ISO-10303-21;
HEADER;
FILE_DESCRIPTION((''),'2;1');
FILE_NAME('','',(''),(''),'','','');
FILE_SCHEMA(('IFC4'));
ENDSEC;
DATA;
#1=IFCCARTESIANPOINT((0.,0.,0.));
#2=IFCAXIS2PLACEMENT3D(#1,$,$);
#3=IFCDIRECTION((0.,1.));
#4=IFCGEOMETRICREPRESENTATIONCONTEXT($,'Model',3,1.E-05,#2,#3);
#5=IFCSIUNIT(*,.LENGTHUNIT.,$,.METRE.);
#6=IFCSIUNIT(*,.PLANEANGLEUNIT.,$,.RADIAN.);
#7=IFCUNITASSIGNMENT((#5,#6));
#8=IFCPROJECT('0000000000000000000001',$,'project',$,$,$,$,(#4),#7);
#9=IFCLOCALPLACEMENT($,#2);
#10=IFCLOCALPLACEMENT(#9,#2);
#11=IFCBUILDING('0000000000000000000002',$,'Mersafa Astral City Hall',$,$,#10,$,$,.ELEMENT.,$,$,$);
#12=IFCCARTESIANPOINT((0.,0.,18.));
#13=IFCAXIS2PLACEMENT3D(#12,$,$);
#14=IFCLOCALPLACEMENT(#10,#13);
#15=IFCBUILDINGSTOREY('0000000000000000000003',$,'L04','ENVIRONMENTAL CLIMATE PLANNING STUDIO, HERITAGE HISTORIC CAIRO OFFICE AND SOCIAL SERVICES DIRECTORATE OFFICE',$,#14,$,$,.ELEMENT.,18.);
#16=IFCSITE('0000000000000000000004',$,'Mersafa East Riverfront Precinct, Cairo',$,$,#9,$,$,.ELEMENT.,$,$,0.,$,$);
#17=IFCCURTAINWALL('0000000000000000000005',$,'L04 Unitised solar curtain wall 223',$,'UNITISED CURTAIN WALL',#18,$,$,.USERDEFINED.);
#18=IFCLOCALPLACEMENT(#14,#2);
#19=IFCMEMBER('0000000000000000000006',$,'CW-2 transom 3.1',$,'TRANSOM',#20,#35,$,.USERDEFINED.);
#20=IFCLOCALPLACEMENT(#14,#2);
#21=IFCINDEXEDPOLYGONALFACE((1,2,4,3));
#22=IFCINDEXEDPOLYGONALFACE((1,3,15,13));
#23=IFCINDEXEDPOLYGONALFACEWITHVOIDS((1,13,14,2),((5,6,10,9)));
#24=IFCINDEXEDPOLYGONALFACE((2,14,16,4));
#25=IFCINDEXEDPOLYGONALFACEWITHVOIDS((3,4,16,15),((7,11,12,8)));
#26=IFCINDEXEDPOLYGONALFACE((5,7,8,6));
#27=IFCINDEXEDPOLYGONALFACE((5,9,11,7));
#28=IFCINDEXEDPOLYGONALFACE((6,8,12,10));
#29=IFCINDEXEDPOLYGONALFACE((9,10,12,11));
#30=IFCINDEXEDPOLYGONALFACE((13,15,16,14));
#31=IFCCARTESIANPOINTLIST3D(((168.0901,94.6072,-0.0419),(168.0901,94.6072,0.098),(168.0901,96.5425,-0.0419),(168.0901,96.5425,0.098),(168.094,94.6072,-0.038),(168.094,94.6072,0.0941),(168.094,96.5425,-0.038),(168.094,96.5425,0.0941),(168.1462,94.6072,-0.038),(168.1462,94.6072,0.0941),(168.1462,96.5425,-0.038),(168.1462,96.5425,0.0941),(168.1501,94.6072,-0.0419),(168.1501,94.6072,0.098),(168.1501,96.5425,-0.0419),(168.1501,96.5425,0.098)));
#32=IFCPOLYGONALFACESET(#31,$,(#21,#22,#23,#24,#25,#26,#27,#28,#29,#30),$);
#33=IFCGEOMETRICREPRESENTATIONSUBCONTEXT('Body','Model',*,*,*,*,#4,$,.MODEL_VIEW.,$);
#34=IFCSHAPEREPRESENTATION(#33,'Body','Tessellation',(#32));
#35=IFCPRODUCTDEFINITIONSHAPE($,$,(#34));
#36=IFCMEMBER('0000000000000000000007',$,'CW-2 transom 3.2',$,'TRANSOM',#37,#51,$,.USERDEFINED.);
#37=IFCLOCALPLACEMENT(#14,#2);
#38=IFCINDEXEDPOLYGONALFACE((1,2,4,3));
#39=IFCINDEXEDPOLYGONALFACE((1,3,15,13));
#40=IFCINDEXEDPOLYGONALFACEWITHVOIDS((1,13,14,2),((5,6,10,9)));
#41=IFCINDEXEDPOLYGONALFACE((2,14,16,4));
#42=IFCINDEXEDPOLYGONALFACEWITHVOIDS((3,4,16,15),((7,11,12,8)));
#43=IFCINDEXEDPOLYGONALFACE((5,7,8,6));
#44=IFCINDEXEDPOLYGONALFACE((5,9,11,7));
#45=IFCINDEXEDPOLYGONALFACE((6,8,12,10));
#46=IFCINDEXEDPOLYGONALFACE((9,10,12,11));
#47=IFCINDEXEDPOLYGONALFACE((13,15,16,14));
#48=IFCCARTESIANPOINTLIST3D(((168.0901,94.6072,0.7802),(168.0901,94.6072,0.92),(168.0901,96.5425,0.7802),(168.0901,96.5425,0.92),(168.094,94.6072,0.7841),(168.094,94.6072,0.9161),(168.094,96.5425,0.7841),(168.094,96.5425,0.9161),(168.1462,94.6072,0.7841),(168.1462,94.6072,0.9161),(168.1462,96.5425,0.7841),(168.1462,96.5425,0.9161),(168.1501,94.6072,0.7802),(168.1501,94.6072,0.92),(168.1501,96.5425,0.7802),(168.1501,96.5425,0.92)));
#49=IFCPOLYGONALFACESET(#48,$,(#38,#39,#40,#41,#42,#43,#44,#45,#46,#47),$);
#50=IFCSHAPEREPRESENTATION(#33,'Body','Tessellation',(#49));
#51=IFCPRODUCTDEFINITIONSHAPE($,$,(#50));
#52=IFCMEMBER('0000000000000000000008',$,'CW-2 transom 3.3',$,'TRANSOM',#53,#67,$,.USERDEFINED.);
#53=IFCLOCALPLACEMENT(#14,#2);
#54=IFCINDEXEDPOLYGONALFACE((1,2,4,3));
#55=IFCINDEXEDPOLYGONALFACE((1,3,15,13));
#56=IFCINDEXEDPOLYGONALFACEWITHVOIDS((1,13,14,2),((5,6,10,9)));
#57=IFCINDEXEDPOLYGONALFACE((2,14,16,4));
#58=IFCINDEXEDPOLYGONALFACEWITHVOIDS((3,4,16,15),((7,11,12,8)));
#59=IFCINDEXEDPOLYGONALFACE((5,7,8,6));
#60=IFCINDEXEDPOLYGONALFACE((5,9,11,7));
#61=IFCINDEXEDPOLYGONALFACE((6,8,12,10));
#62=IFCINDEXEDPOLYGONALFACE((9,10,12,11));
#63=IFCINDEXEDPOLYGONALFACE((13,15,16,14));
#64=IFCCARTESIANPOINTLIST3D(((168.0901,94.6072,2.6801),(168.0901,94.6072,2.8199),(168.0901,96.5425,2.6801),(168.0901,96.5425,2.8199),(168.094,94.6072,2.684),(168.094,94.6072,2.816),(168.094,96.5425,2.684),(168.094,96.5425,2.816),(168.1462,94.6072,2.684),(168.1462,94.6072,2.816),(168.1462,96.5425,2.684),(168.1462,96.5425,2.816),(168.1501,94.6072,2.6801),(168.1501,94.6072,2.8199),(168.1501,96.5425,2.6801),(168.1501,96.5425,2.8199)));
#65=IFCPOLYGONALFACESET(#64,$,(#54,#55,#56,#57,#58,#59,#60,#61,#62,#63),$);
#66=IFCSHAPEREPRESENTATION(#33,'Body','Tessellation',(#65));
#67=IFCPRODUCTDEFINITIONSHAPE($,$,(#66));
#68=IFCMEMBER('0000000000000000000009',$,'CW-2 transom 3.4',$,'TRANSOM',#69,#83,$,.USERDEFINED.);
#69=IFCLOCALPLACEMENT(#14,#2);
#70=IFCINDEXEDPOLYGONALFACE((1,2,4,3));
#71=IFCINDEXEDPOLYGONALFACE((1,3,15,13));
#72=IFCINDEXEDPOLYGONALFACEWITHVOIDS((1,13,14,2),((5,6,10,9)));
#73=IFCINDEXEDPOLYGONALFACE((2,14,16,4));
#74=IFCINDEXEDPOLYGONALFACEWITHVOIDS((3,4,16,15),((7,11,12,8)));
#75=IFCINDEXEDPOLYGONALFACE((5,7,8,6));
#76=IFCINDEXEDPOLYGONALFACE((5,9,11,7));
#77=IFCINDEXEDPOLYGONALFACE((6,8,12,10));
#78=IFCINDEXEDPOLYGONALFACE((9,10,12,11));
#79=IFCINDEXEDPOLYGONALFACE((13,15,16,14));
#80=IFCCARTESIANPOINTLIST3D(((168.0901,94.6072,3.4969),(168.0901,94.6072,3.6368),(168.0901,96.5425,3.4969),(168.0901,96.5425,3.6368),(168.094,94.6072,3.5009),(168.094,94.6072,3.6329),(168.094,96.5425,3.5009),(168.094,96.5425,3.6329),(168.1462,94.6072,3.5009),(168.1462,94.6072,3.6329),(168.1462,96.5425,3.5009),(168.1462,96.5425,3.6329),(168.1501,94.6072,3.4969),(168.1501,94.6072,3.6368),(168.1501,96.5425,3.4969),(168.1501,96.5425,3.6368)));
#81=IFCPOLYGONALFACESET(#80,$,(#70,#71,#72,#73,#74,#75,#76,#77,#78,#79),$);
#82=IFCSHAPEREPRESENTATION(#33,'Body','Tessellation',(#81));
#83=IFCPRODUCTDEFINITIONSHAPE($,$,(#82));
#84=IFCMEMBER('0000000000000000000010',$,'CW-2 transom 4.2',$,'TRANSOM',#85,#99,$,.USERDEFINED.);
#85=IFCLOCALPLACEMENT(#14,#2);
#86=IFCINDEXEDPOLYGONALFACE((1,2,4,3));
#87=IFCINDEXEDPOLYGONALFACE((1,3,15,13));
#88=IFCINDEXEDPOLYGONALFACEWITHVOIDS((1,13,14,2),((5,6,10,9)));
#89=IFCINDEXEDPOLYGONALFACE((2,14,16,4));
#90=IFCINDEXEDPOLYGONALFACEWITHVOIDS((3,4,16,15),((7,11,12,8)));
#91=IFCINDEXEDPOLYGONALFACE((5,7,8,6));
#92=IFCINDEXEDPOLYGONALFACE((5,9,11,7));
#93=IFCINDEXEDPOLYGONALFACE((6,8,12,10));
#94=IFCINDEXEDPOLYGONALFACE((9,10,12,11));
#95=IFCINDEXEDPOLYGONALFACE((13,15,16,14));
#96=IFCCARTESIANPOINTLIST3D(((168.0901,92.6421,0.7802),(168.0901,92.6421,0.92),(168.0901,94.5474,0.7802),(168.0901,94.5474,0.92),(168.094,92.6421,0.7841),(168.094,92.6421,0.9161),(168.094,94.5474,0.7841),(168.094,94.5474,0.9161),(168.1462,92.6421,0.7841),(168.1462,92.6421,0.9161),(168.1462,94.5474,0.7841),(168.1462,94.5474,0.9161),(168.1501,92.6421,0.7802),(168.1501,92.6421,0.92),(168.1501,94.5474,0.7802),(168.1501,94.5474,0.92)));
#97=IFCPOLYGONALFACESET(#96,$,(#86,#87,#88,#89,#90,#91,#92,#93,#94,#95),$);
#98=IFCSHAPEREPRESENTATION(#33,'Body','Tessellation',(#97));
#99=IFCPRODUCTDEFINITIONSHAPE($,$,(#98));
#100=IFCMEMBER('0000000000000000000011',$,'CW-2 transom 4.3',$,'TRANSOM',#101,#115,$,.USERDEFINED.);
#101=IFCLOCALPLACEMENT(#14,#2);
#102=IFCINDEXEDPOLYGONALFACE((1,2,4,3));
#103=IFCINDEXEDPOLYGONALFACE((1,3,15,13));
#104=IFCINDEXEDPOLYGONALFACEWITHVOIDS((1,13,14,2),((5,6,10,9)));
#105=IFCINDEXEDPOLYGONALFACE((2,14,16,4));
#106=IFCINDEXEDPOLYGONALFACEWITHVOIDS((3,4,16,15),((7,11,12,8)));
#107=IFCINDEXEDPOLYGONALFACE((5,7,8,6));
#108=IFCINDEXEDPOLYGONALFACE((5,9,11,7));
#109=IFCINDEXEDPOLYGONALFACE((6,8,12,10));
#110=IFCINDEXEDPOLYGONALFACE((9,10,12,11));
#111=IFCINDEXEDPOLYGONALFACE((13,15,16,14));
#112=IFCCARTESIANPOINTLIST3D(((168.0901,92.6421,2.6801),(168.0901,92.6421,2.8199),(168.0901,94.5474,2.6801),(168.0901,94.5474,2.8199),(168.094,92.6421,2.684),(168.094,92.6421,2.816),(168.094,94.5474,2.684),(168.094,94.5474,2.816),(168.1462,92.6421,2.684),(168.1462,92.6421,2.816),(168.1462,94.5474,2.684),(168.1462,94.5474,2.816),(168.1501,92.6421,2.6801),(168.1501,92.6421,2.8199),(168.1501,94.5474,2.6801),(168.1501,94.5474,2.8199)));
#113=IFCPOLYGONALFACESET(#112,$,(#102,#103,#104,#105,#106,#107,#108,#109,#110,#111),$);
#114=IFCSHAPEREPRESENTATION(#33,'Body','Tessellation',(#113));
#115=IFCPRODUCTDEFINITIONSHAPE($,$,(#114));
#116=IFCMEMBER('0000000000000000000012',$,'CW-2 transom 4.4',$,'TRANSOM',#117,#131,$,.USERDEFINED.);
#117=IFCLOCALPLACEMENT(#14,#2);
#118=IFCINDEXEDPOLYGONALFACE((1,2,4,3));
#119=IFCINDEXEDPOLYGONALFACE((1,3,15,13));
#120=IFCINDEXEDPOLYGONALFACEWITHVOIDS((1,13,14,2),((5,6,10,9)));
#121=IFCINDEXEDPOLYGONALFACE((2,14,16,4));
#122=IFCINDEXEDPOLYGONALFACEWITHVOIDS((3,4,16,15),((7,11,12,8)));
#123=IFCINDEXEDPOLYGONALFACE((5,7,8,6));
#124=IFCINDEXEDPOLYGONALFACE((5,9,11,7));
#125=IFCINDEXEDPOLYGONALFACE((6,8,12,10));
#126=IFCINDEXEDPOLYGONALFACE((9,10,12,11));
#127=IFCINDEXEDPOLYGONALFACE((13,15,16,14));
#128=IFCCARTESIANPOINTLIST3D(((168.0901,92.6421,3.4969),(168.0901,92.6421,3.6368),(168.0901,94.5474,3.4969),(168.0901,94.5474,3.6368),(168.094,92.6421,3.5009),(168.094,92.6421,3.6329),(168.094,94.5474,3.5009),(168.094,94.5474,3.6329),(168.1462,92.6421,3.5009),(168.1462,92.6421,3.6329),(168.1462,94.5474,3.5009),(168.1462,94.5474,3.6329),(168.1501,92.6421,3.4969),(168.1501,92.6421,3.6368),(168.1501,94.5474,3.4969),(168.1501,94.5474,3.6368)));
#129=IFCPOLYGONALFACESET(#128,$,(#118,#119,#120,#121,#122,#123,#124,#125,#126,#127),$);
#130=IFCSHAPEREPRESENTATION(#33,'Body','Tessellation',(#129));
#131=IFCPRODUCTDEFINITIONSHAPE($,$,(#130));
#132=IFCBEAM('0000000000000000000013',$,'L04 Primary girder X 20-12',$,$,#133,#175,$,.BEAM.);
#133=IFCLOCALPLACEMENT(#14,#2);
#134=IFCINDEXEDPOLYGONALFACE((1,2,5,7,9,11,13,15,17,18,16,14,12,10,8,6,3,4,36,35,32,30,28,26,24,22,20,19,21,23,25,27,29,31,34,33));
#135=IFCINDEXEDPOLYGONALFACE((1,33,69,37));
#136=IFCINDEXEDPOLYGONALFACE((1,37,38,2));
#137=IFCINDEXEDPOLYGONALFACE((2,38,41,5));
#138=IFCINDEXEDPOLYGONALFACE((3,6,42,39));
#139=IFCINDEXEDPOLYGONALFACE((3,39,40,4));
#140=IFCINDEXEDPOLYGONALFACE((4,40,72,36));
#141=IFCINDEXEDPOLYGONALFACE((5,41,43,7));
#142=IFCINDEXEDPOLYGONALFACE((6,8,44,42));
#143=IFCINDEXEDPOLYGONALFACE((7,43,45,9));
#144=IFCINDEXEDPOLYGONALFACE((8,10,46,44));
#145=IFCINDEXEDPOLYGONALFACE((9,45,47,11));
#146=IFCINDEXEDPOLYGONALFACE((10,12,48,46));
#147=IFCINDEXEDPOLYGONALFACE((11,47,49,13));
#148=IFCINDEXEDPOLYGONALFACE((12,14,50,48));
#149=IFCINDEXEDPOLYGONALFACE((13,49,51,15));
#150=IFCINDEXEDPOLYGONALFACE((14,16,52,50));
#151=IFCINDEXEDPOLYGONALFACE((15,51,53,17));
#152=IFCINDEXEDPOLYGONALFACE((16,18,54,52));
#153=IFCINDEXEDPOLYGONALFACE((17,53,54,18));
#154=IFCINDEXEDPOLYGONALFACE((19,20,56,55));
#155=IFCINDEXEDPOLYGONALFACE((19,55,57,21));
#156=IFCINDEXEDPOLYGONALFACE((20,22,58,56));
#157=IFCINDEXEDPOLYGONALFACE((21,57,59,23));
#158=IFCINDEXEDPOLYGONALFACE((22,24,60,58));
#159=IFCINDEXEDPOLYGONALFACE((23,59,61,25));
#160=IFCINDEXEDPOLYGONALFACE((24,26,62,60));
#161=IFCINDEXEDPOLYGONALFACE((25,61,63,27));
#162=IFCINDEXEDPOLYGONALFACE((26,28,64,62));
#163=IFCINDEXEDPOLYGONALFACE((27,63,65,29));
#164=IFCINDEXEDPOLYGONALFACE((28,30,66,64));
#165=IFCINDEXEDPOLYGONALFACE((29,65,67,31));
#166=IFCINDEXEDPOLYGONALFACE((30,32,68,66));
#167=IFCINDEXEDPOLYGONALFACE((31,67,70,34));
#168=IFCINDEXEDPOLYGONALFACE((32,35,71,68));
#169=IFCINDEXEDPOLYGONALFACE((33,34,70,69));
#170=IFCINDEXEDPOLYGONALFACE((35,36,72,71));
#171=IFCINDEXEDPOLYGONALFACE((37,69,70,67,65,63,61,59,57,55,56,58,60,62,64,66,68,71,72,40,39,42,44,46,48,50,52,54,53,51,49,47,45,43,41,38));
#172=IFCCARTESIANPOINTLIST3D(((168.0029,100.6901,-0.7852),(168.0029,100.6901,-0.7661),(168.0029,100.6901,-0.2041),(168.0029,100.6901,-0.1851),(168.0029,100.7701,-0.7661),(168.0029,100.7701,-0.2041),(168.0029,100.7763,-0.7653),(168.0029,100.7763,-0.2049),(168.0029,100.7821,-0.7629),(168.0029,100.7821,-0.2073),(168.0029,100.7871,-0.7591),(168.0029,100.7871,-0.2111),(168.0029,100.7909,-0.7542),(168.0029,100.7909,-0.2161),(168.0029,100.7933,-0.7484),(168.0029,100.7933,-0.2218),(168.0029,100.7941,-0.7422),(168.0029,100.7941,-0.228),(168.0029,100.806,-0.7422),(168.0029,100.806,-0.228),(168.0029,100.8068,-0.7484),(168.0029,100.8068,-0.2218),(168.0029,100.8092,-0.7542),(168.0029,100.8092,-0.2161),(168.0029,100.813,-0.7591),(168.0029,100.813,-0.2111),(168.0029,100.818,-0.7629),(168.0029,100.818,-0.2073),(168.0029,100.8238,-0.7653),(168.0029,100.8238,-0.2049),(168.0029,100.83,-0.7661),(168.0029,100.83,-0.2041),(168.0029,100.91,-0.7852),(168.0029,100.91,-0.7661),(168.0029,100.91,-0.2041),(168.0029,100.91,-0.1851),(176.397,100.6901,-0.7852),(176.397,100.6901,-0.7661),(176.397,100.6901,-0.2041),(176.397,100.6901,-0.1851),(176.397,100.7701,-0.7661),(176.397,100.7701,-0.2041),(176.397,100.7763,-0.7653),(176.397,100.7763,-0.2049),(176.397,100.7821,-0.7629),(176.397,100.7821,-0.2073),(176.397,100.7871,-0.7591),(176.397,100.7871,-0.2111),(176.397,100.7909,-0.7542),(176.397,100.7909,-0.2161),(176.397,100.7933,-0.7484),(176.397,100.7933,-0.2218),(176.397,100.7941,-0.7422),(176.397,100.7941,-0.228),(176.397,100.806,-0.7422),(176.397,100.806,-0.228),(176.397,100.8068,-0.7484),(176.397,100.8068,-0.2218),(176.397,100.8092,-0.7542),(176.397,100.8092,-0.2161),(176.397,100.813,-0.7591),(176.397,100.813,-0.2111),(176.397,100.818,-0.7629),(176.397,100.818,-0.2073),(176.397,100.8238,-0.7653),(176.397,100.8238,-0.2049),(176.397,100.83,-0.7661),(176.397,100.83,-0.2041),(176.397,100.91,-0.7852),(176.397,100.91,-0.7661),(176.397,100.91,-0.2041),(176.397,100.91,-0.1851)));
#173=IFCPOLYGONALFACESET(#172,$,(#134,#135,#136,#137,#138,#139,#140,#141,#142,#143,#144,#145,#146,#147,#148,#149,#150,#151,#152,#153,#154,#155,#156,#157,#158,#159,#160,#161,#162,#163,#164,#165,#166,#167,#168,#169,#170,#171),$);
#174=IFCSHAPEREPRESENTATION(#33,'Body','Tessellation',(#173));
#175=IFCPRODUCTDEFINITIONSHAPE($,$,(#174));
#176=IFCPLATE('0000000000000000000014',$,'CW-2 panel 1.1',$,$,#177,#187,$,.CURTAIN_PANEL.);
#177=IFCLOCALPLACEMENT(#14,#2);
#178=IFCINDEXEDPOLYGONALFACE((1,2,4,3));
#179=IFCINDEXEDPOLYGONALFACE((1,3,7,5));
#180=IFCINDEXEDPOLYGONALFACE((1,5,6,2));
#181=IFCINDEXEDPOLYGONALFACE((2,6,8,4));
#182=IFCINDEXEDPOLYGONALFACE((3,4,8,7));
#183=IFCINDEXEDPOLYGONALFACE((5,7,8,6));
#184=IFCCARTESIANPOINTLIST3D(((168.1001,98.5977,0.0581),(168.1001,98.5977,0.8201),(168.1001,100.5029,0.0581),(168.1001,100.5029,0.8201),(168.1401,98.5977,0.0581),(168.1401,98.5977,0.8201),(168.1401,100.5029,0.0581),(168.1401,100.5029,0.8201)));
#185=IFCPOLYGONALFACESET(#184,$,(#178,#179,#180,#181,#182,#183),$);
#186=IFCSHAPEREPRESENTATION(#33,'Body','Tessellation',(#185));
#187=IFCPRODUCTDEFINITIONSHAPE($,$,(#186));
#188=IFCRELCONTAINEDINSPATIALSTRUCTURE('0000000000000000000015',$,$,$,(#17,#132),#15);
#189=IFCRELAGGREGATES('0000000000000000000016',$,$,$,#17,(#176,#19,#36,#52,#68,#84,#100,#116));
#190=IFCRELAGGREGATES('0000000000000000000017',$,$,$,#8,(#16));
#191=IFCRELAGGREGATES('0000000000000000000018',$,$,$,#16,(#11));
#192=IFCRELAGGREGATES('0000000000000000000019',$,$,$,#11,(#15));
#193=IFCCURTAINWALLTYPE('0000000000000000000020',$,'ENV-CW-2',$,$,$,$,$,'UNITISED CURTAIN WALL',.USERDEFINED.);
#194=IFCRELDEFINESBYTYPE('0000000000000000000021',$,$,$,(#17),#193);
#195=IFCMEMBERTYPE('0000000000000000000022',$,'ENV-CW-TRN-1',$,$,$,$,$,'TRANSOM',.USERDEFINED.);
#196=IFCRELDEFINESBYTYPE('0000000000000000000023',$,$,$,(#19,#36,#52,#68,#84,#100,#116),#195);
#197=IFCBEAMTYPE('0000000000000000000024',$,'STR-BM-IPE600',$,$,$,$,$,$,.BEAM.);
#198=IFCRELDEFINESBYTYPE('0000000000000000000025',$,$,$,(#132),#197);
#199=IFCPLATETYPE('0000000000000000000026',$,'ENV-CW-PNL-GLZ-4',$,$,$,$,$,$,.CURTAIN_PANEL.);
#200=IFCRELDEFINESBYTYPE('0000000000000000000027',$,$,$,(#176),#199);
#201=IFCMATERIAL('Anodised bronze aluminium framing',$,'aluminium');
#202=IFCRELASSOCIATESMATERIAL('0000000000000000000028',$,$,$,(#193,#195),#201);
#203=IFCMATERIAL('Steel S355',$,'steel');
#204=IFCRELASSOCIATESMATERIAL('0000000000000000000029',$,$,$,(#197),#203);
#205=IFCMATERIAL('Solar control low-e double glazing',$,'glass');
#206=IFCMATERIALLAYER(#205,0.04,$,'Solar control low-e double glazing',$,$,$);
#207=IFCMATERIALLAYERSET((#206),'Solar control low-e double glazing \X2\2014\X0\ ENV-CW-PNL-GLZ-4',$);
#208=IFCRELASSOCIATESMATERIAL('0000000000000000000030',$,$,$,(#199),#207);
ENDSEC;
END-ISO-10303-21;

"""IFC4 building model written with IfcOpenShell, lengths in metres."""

from ifc_helpers import new_model, si_unit, direction, frame, origin, origin_2d, place, context, subcontext, project, spatial, rectangle, hollow_rectangle, i_section, extrude, material, layer, layer_set, material_profile, profile_set, type_object, element, aggregate, save


model = new_model("IFC4")

# Units and contexts
model_context = context("Model", 3, precision=1e-05, world=origin(), true_north=direction((0.0, 1.0)))
body_context = subcontext(model_context, "Body", "Model", "MODEL_VIEW")
ifc_project = project(units=[si_unit("LENGTHUNIT", "METRE"), si_unit("PLANEANGLEUNIT", "RADIAN")], contexts=[model_context])

# Site, building, storey
site_placement = place(None, origin())
site = spatial("IfcSite", under=ifc_project, at=site_placement, Name="Mersafa East Riverfront Precinct, Cairo", CompositionType="ELEMENT", RefElevation=0.0)
building_placement = place(site_placement, origin())
building = spatial("IfcBuilding", under=site, at=building_placement, Name="Mersafa Astral City Hall", CompositionType="ELEMENT")
storey_placement = place(building_placement, frame((0.0, 0.0, 18.0)))
storey = spatial("IfcBuildingStorey", under=building, at=storey_placement, Name="L04", Description="ENVIRONMENTAL CLIMATE PLANNING STUDIO, HERITAGE HISTORIC CAIRO OFFICE AND SOCIAL SERVICES DIRECTORATE OFFICE", CompositionType="ELEMENT", Elevation=18.0)

# Shared definitions
ifc_material_1 = material(Name="Steel S355", Category="steel")

# Curtain wall, members
ifc_material_2 = material(Name="Anodised bronze aluminium framing", Category="aluminium")
curtain_wall_type = type_object("IfcCurtainWallType", Name="ENV-CW-2", ElementType="UNITISED CURTAIN WALL", PredefinedType="USERDEFINED", material=ifc_material_2)
curtain_wall_placement = place(storey_placement, origin())
curtain_wall = element("IfcCurtainWall", 1, at=curtain_wall_placement, inside=storey, type_object=curtain_wall_type, Name="L04 Unitised solar curtain wall 223", ObjectType="UNITISED CURTAIN WALL", PredefinedType="USERDEFINED")
ifc_material_profile_1 = material_profile(ifc_material_2, hollow_rectangle(XDim=0.0601, YDim=0.1399, WallThickness=0.0039, at=origin_2d()), Name="RHS 60x140x4")
ifc_profile_set_1 = profile_set([ifc_material_profile_1], Name="Anodised bronze aluminium framing")
member_type_1 = type_object("IfcMemberType", Name="ENV-CW-TRN-1", ElementType="TRANSOM", PredefinedType="USERDEFINED", material=ifc_profile_set_1)
member_1_placement = place(storey_placement, frame((168.1201, 96.5425, 0.0281), z_axis=(0.0, -1.0, 0.0), x_axis=(1.0, 0.0, 0.0)))
member_1 = element("IfcMember", 2, at=member_1_placement, type_object=member_type_1, Name="CW-2 transom 3.1", ObjectType="TRANSOM", PredefinedType="USERDEFINED", context=body_context, shape_type="SweptSolid", body=[
    extrude(hollow_rectangle(XDim=0.0601, YDim=0.1399, WallThickness=0.0039, at=origin_2d()), origin(), (0.0, 0.0, 1.0), 1.9353),
])
member_2_placement = place(storey_placement, frame((168.1201, 96.5425, 0.8501), z_axis=(0.0, -1.0, 0.0), x_axis=(1.0, 0.0, 0.0)))
member_2 = element("IfcMember", 3, at=member_2_placement, type_object=member_type_1, Name="CW-2 transom 3.2", ObjectType="TRANSOM", PredefinedType="USERDEFINED", context=body_context, shape_type="SweptSolid", body=[
    extrude(hollow_rectangle(XDim=0.0601, YDim=0.1399, WallThickness=0.0039, at=origin_2d()), origin(), (0.0, 0.0, 1.0), 1.9353),
])
member_3_placement = place(storey_placement, frame((168.1201, 96.5425, 2.75), z_axis=(0.0, -1.0, 0.0), x_axis=(1.0, 0.0, 0.0)))
member_3 = element("IfcMember", 4, at=member_3_placement, type_object=member_type_1, Name="CW-2 transom 3.3", ObjectType="TRANSOM", PredefinedType="USERDEFINED", context=body_context, shape_type="SweptSolid", body=[
    extrude(hollow_rectangle(XDim=0.0601, YDim=0.1399, WallThickness=0.0039, at=origin_2d()), origin(), (0.0, 0.0, 1.0), 1.9353),
])
member_4_placement = place(storey_placement, frame((168.1201, 96.5425, 3.5669), z_axis=(0.0, -1.0, 0.0), x_axis=(1.0, 0.0, 0.0)))
member_4 = element("IfcMember", 5, at=member_4_placement, type_object=member_type_1, Name="CW-2 transom 3.4", ObjectType="TRANSOM", PredefinedType="USERDEFINED", context=body_context, shape_type="SweptSolid", body=[
    extrude(hollow_rectangle(XDim=0.0601, YDim=0.1399, WallThickness=0.0039, at=origin_2d()), origin(), (0.0, 0.0, 1.0), 1.9353),
])
member_5_placement = place(storey_placement, frame((168.1201, 94.5474, 0.8501), z_axis=(0.0, -1.0, 0.0), x_axis=(1.0, 0.0, 0.0)))
member_5 = element("IfcMember", 6, at=member_5_placement, type_object=member_type_1, Name="CW-2 transom 4.2", ObjectType="TRANSOM", PredefinedType="USERDEFINED", context=body_context, shape_type="SweptSolid", body=[
    extrude(hollow_rectangle(XDim=0.0601, YDim=0.1399, WallThickness=0.0039, at=origin_2d()), origin(), (0.0, 0.0, 1.0), 1.9053),
])
member_6_placement = place(storey_placement, frame((168.1201, 94.5474, 2.75), z_axis=(0.0, -1.0, 0.0), x_axis=(1.0, 0.0, 0.0)))
member_6 = element("IfcMember", 7, at=member_6_placement, type_object=member_type_1, Name="CW-2 transom 4.3", ObjectType="TRANSOM", PredefinedType="USERDEFINED", context=body_context, shape_type="SweptSolid", body=[
    extrude(hollow_rectangle(XDim=0.0601, YDim=0.1399, WallThickness=0.0039, at=origin_2d()), origin(), (0.0, 0.0, 1.0), 1.9053),
])
member_7_placement = place(storey_placement, frame((168.1201, 94.5474, 3.5669), z_axis=(0.0, -1.0, 0.0), x_axis=(1.0, 0.0, 0.0)))
member_7 = element("IfcMember", 8, at=member_7_placement, type_object=member_type_1, Name="CW-2 transom 4.4", ObjectType="TRANSOM", PredefinedType="USERDEFINED", context=body_context, shape_type="SweptSolid", body=[
    extrude(hollow_rectangle(XDim=0.0601, YDim=0.1399, WallThickness=0.0039, at=origin_2d()), origin(), (0.0, 0.0, 1.0), 1.9053),
])

# Beam
ifc_material_profile_2 = material_profile(ifc_material_1, i_section(OverallWidth=0.22, OverallDepth=0.6001, WebThickness=0.012, FlangeThickness=0.019, FilletRadius=0.0239, at=origin_2d()), Name="IPE 600")
ifc_profile_set_2 = profile_set([ifc_material_profile_2], Name="Steel S355")
beam_type = type_object("IfcBeamType", Name="STR-BM-IPE600", PredefinedType="BEAM", material=ifc_profile_set_2)
beam_placement = place(storey_placement, frame((168.0029, 100.8, -0.4851), z_axis=(1.0, 0.0, 0.0), x_axis=(0.0, 1.0, 0.0)))
element("IfcBeam", 9, at=beam_placement, inside=storey, type_object=beam_type, Name="L04 Primary girder X 20-12", PredefinedType="BEAM", context=body_context, shape_type="SweptSolid", body=[
    extrude(i_section(OverallWidth=0.22, OverallDepth=0.6001, WebThickness=0.012, FlangeThickness=0.019, FilletRadius=0.0239, at=origin_2d()), origin(), (0.0, 0.0, 1.0), 8.394),
])

# Plate
ifc_material_3 = material(Name="Solar control low-e double glazing", Category="glass")
ifc_layer = layer(ifc_material_3, 0.04, Name="Solar control low-e double glazing")
ifc_layer_set = layer_set([ifc_layer], Name="Solar control low-e double glazing — ENV-CW-PNL-GLZ-4")
plate_type = type_object("IfcPlateType", Name="ENV-CW-PNL-GLZ-4", PredefinedType="CURTAIN_PANEL", material=ifc_layer_set)
plate_1_placement = place(storey_placement, frame((168.1201, 99.5503, 0.0581), z_axis=(0.0, 0.0, 1.0), x_axis=(0.0, -1.0, 0.0)))
plate_1 = element("IfcPlate", 10, at=plate_1_placement, type_object=plate_type, Name="CW-2 panel 1.1", PredefinedType="CURTAIN_PANEL", context=body_context, shape_type="SweptSolid", body=[
    extrude(rectangle(XDim=1.9053, YDim=0.04, at=origin_2d()), origin(), (0.0, 0.0, 1.0), 0.762),
])
aggregate(curtain_wall, [plate_1, member_1, member_2, member_3, member_4, member_5, member_6, member_7])

save(model, "model.ifc")
